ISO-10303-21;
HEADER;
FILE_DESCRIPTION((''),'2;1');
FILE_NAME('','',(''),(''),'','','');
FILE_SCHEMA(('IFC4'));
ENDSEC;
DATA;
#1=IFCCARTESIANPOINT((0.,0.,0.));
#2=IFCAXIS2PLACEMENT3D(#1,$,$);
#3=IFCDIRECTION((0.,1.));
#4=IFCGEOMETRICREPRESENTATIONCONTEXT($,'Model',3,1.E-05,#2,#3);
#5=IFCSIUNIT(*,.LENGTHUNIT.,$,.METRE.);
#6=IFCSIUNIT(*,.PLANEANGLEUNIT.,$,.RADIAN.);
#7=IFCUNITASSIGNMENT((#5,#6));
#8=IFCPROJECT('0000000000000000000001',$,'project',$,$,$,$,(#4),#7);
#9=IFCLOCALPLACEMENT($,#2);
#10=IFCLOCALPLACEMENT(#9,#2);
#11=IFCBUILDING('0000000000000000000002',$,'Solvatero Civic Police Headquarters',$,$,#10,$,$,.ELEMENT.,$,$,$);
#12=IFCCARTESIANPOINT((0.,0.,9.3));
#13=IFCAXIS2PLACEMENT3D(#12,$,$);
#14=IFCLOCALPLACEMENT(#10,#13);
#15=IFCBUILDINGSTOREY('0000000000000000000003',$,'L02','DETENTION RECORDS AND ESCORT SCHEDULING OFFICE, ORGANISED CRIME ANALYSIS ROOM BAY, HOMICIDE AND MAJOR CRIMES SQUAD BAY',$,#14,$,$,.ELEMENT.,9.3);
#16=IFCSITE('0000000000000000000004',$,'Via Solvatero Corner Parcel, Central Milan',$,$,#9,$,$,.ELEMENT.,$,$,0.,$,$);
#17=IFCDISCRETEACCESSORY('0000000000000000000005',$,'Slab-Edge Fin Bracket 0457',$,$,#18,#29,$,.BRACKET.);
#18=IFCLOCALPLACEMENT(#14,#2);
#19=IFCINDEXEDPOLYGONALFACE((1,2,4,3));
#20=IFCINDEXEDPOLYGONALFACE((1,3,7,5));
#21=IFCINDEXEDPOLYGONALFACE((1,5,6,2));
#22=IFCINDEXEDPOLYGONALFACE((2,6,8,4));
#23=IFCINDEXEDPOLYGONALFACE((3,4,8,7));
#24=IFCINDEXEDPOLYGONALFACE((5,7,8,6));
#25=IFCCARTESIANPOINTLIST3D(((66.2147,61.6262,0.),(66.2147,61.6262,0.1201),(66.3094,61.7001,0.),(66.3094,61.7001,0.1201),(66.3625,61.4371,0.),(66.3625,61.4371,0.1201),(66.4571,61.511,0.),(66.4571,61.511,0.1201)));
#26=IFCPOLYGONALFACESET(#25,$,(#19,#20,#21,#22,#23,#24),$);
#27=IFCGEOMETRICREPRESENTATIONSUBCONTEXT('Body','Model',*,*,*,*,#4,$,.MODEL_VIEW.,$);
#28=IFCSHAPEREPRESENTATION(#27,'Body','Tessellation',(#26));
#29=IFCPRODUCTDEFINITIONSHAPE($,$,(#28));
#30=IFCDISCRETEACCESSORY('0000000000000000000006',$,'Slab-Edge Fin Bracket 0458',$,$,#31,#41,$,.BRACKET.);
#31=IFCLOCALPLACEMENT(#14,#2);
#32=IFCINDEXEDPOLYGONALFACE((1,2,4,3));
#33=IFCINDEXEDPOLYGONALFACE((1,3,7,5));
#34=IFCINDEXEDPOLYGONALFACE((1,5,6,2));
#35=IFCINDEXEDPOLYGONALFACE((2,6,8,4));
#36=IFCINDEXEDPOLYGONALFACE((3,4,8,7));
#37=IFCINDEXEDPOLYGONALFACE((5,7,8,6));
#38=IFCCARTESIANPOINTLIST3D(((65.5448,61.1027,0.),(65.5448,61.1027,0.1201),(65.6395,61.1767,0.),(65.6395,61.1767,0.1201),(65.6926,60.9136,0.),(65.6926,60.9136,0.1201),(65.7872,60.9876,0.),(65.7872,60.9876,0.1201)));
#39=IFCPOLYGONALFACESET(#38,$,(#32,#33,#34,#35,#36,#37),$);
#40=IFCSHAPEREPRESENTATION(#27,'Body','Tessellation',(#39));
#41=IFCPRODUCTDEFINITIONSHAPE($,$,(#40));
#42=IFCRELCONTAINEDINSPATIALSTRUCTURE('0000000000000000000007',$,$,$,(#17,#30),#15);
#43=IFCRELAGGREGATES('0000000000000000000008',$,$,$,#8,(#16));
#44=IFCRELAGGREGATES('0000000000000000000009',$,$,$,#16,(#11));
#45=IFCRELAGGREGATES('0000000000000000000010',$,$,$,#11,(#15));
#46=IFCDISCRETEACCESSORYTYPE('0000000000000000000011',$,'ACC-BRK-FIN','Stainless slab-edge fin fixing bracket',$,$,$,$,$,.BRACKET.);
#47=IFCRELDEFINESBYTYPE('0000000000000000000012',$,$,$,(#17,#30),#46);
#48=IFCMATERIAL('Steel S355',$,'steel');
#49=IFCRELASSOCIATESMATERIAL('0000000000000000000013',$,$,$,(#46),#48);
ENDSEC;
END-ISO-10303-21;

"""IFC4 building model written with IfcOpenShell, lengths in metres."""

from ifc_helpers import new_model, si_unit, direction, frame, origin, origin_2d, place, context, subcontext, project, spatial, rectangle, extrude, material, type_object, element, save


model = new_model("IFC4")

# Units and contexts
model_context = context("Model", 3, precision=1e-05, world=origin(), true_north=direction((0.0, 1.0)))
body_context = subcontext(model_context, "Body", "Model", "MODEL_VIEW")
ifc_project = project(units=[si_unit("LENGTHUNIT", "METRE"), si_unit("PLANEANGLEUNIT", "RADIAN")], contexts=[model_context])

# Site, building, storey
site_placement = place(None, origin())
site = spatial("IfcSite", under=ifc_project, at=site_placement, Name="Via Solvatero Corner Parcel, Central Milan", CompositionType="ELEMENT", RefElevation=0.0)
building_placement = place(site_placement, origin())
building = spatial("IfcBuilding", under=site, at=building_placement, Name="Solvatero Civic Police Headquarters", CompositionType="ELEMENT")
storey_placement = place(building_placement, frame((0.0, 0.0, 9.3)))
storey = spatial("IfcBuildingStorey", under=building, at=storey_placement, Name="L02", Description="DETENTION RECORDS AND ESCORT SCHEDULING OFFICE, ORGANISED CRIME ANALYSIS ROOM BAY, HOMICIDE AND MAJOR CRIMES SQUAD BAY", CompositionType="ELEMENT", Elevation=9.3)

# Shared definitions
ifc_material_1 = material(Name="Steel S355", Category="steel")

# Discrete accessories
discrete_accessory_type = type_object("IfcDiscreteAccessoryType", Name="ACC-BRK-FIN", Description="Stainless slab-edge fin fixing bracket", PredefinedType="BRACKET", material=ifc_material_1)
for number, where, z_axis, x_axis, name in (
    (1, (66.3359, 61.5686, 0.0), (0.0, 0.0, 1.0), (-0.788011, -0.615661, 0.0), "Slab-Edge Fin Bracket 0457"),
    (2, (65.666, 61.0452, 0.0), (0.0, 0.0, 1.0), (-0.788011, -0.615661, 0.0), "Slab-Edge Fin Bracket 0458"),
):
    element("IfcDiscreteAccessory", number, at=place(storey_placement, frame(where, z_axis=z_axis, x_axis=x_axis)), inside=storey, type_object=discrete_accessory_type, Name=name, PredefinedType="BRACKET", context=body_context, shape_type="SweptSolid", body=[
        extrude(rectangle(XDim=0.1201, YDim=0.24, at=origin_2d()), origin(), (0.0, 0.0, 1.0), 0.1201),
    ])

save(model, "model.ifc")
